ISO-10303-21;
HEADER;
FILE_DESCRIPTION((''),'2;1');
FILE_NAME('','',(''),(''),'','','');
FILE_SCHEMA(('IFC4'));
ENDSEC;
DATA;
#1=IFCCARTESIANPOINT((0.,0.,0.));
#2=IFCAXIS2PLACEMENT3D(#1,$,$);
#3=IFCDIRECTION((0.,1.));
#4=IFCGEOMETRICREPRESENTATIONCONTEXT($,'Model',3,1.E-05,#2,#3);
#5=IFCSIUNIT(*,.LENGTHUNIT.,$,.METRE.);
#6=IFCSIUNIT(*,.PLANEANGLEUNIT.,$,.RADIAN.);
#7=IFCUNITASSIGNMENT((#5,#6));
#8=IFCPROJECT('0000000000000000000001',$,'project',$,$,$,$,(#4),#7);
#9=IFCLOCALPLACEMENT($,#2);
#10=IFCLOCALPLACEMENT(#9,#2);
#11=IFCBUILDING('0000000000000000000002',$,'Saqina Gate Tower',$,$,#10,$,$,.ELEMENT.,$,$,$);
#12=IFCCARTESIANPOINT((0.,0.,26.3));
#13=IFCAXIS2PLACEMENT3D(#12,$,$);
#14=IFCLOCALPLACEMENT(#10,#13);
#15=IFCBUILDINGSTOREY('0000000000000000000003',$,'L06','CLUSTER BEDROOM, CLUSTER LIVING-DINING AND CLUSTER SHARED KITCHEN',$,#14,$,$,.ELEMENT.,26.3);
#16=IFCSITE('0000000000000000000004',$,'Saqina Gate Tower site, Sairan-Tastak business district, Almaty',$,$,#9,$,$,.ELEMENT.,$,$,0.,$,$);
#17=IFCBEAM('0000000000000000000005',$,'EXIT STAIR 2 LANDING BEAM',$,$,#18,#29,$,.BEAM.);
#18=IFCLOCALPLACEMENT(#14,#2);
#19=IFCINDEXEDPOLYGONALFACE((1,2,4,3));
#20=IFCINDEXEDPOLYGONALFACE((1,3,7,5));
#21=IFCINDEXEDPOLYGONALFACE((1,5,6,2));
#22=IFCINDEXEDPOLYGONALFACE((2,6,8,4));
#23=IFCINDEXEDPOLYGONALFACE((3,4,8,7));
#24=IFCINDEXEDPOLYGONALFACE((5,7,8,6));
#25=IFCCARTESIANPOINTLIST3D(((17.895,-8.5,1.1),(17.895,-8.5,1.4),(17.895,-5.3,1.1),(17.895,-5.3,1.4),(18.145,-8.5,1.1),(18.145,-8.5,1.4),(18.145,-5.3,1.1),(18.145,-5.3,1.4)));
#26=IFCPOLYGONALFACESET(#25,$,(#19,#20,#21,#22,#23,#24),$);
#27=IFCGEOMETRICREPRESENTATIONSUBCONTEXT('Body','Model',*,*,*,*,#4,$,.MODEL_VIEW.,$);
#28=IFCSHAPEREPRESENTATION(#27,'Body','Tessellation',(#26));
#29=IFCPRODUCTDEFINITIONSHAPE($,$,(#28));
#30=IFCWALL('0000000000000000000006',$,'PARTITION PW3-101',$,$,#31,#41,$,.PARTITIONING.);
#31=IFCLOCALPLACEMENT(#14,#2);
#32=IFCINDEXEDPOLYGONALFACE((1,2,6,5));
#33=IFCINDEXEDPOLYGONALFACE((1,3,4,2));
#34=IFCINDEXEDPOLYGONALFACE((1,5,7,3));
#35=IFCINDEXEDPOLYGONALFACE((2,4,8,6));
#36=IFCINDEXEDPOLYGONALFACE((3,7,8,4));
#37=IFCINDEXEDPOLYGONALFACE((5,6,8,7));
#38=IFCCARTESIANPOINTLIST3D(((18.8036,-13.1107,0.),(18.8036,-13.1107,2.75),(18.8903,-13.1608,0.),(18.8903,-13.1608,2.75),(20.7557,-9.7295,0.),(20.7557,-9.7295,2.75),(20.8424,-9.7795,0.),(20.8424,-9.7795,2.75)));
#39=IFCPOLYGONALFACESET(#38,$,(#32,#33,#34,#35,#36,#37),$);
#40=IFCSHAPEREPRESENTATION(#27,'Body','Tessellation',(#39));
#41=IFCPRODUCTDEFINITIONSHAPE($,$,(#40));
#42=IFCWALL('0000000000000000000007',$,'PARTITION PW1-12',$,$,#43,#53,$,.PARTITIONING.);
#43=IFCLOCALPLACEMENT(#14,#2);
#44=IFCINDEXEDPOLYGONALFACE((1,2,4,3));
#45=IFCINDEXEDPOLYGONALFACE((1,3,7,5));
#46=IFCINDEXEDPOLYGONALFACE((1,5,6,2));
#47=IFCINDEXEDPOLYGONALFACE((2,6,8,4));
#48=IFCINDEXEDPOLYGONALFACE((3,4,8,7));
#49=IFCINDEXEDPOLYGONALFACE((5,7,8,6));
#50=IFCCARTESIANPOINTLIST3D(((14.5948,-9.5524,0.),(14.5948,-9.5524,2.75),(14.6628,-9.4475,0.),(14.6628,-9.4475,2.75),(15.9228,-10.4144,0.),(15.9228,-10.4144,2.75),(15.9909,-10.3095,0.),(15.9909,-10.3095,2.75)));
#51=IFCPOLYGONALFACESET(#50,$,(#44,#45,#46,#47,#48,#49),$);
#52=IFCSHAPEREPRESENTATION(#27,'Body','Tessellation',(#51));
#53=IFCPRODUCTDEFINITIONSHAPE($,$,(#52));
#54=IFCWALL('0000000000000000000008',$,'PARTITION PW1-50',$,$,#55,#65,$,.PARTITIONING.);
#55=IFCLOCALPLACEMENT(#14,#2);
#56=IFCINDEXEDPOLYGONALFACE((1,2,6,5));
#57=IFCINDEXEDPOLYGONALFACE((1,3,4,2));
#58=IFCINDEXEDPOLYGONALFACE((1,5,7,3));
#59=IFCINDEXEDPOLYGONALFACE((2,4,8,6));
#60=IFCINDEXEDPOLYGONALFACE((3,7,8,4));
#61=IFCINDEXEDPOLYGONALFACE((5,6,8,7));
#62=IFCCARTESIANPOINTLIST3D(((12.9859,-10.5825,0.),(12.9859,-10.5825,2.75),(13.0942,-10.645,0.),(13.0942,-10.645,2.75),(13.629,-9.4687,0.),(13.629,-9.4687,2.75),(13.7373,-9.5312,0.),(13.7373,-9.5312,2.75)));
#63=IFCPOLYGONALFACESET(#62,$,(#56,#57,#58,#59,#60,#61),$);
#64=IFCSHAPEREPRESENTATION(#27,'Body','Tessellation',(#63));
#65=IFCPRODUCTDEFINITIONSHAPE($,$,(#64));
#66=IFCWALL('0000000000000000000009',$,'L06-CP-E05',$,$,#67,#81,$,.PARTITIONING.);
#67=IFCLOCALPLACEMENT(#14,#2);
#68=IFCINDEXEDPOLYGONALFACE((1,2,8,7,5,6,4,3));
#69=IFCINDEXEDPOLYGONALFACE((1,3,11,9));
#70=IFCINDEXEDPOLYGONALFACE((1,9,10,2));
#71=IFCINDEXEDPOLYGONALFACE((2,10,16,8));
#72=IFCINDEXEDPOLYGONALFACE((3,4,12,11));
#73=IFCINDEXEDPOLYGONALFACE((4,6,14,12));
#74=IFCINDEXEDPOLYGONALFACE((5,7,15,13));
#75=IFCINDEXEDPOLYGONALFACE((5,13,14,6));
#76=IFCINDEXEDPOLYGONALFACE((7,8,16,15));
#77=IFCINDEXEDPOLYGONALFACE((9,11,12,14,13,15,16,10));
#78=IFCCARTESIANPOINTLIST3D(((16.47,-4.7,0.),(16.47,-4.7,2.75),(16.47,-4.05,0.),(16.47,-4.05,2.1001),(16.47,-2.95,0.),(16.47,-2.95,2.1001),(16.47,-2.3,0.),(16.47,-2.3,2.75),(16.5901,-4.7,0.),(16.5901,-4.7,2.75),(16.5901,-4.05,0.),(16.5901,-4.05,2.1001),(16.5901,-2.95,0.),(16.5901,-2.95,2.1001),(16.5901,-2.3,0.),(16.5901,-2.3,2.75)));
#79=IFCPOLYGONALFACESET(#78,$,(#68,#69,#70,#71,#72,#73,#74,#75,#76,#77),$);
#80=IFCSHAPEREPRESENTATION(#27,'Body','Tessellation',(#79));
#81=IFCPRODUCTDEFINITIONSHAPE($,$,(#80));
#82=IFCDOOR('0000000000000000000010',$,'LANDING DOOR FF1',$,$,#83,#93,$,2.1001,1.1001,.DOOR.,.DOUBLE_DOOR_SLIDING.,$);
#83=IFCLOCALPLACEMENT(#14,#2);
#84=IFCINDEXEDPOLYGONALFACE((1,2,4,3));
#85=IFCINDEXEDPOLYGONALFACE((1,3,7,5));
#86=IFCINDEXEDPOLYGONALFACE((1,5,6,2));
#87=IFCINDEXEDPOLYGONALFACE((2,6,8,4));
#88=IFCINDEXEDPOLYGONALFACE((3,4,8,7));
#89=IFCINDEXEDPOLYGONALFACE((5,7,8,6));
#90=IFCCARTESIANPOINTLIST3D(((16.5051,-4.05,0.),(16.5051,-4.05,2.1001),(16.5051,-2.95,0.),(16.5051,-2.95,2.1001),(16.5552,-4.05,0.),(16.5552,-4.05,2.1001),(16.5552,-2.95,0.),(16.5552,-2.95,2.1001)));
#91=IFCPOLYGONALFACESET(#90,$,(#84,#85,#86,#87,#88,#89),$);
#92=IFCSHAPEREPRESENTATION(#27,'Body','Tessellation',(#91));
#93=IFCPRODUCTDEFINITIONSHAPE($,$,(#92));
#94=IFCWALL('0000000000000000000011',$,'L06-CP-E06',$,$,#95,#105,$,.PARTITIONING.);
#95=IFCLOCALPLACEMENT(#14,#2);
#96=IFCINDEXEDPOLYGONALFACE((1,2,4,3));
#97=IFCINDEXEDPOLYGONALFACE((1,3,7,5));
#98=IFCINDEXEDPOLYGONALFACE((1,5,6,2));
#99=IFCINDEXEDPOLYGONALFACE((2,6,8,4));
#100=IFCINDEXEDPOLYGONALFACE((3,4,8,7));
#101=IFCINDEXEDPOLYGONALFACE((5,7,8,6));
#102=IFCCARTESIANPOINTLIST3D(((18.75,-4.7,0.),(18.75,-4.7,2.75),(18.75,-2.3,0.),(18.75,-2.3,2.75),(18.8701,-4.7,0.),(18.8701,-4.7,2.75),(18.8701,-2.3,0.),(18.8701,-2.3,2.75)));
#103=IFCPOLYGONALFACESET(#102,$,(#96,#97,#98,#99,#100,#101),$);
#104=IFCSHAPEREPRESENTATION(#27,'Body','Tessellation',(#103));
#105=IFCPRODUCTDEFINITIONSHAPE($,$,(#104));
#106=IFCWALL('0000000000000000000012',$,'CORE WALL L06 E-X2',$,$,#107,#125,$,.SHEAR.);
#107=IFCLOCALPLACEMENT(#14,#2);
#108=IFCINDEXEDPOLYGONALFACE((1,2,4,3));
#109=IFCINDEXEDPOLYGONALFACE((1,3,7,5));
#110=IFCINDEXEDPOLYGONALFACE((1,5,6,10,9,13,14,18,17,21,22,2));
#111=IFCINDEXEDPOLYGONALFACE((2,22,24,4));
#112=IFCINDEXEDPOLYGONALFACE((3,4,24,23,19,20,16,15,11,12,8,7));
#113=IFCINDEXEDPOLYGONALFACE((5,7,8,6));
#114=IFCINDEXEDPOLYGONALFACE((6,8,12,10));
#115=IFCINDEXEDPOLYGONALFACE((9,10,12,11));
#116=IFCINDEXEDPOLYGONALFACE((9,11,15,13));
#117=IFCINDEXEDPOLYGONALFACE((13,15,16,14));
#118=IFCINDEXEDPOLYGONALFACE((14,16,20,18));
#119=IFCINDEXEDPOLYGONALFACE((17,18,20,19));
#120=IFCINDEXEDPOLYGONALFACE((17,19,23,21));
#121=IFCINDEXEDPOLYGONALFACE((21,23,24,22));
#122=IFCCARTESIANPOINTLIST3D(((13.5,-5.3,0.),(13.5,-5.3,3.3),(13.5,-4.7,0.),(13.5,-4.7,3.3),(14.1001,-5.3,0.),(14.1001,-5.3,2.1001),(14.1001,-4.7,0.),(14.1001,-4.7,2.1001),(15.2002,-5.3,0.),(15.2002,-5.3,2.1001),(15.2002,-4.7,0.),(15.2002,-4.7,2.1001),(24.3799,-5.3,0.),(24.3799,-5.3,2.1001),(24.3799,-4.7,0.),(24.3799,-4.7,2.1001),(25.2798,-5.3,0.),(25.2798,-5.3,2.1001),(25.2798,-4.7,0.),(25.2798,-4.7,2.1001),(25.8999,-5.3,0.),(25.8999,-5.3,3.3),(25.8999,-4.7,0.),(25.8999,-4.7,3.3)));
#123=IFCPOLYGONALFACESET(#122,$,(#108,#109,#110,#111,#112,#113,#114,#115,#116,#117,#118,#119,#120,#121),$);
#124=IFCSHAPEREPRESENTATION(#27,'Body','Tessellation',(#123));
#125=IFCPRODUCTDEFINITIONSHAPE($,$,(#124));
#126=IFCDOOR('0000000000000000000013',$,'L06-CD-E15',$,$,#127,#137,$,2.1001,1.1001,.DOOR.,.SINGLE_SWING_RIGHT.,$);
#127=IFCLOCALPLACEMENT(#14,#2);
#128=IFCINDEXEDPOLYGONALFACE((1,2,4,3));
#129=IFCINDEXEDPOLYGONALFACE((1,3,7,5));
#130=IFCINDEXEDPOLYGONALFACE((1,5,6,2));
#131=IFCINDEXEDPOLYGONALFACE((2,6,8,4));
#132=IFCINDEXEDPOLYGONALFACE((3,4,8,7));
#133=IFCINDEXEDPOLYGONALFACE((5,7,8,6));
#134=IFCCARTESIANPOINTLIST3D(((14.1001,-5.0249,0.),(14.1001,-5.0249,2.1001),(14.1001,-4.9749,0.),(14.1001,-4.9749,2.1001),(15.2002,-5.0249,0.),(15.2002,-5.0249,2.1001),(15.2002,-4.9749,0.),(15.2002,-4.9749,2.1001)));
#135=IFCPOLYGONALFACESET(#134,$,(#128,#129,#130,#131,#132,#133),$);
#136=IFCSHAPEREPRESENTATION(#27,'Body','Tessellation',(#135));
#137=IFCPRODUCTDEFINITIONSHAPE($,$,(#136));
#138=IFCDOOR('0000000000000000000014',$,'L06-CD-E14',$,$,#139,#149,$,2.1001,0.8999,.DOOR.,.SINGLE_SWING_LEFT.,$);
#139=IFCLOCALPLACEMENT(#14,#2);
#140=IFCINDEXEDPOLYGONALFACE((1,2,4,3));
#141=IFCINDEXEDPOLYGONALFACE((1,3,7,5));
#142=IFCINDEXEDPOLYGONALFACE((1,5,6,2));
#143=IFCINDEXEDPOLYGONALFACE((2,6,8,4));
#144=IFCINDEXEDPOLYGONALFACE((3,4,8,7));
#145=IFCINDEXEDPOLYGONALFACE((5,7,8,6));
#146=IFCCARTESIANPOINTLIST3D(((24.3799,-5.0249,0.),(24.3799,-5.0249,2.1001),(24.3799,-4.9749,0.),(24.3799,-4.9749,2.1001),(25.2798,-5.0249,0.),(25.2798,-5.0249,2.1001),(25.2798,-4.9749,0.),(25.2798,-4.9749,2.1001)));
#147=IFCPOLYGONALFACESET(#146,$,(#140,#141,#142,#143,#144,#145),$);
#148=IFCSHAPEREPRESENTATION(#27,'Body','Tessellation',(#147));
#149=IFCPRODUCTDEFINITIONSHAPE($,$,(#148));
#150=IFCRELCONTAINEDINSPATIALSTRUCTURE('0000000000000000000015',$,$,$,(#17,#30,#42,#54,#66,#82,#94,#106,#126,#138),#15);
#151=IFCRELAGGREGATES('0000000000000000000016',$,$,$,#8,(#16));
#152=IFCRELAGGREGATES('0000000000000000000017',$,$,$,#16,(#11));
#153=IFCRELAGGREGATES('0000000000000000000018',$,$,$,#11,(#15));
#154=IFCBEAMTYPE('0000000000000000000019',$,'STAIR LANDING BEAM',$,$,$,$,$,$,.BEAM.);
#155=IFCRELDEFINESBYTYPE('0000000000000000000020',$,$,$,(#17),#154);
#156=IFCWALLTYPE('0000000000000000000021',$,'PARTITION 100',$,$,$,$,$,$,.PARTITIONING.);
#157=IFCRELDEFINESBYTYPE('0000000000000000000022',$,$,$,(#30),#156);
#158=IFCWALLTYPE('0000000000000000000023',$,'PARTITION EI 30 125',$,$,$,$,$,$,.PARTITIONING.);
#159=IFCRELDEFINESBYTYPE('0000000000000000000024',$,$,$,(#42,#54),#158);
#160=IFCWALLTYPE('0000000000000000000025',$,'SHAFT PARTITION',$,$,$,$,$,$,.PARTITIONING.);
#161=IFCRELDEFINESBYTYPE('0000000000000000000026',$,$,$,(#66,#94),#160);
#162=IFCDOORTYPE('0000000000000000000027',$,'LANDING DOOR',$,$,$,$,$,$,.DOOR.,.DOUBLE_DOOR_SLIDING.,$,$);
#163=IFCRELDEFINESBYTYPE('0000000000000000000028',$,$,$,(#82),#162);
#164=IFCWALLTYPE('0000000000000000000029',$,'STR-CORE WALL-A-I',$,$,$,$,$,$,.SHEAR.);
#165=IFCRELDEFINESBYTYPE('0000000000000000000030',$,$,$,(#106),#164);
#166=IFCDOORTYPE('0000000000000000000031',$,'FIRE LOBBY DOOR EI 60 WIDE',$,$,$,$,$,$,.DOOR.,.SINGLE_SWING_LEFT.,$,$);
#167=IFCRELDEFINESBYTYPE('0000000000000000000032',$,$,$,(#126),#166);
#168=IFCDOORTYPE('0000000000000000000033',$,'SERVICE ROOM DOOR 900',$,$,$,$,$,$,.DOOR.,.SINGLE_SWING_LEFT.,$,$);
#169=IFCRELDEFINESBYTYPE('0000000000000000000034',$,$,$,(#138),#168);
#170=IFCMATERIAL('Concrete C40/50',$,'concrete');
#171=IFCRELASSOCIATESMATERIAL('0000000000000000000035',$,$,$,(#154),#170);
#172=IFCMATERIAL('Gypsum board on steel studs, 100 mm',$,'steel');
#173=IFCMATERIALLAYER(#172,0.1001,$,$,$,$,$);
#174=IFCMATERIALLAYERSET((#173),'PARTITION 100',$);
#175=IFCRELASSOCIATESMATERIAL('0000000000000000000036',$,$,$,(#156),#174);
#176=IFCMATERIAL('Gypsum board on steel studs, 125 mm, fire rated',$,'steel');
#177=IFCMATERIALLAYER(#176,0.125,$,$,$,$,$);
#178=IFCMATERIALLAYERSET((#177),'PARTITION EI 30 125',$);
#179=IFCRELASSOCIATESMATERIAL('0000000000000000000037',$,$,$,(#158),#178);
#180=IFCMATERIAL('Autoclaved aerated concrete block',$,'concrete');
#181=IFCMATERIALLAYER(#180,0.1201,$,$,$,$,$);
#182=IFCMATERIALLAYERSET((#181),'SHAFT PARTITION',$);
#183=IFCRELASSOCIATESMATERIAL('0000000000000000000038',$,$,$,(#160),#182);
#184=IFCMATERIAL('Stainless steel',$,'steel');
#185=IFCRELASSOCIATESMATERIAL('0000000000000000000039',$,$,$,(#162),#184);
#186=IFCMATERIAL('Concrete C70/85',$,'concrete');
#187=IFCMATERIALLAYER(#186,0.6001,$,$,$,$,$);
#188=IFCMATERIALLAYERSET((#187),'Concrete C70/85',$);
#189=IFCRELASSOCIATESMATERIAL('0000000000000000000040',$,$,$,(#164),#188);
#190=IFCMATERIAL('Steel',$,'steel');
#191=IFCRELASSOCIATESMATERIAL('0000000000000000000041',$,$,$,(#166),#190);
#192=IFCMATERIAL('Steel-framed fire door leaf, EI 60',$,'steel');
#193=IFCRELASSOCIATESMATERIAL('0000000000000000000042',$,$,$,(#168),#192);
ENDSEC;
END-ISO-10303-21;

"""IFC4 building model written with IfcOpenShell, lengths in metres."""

from ifc_helpers import new_model, si_unit, direction, frame, frame_2d, origin, origin_2d, place, context, subcontext, project, spatial, rectangle, extrude, material, layer, layer_set, material_profile, profile_set, type_object, element, fill, save


model = new_model("IFC4")

# Units and contexts
model_context = context("Model", 3, precision=1e-05, world=origin(), true_north=direction((0.0, 1.0)))
body_context = subcontext(model_context, "Body", "Model", "MODEL_VIEW")
ifc_project = project(units=[si_unit("LENGTHUNIT", "METRE"), si_unit("PLANEANGLEUNIT", "RADIAN")], contexts=[model_context])

# Site, building, storey
site_placement = place(None, origin())
site = spatial("IfcSite", under=ifc_project, at=site_placement, Name="Saqina Gate Tower site, Sairan-Tastak business district, Almaty", CompositionType="ELEMENT", RefElevation=0.0)
building_placement = place(site_placement, origin())
building = spatial("IfcBuilding", under=site, at=building_placement, Name="Saqina Gate Tower", CompositionType="ELEMENT")
storey_placement = place(building_placement, frame((0.0, 0.0, 26.3)))
storey = spatial("IfcBuildingStorey", under=building, at=storey_placement, Name="L06", Description="CLUSTER BEDROOM, CLUSTER LIVING-DINING AND CLUSTER SHARED KITCHEN", CompositionType="ELEMENT", Elevation=26.3)

# Beam
ifc_material_1 = material(Name="Concrete C40/50", Category="concrete")
ifc_material_profile = material_profile(ifc_material_1, rectangle(XDim=0.25, YDim=0.3, at=origin_2d()), Name="STAIR LANDING BEAM")
ifc_profile_set = profile_set([ifc_material_profile], Name="Concrete C40/50")
beam_type = type_object("IfcBeamType", Name="STAIR LANDING BEAM", PredefinedType="BEAM", material=ifc_profile_set)
beam_placement = place(storey_placement, frame((18.02, -8.5, 1.25), z_axis=(0.0, 1.0, 0.0), x_axis=(-1.0, 0.0, 0.0)))
element("IfcBeam", 1, at=beam_placement, inside=storey, type_object=beam_type, Name="EXIT STAIR 2 LANDING BEAM", PredefinedType="BEAM", context=body_context, shape_type="SweptSolid", body=[
    extrude(rectangle(XDim=0.25, YDim=0.3, at=origin_2d()), origin(), (0.0, 0.0, 1.0), 3.2),
])

# Walls
ifc_material_2 = material(Name="Gypsum board on steel studs, 100 mm", Category="steel")
ifc_layer_1 = layer(ifc_material_2, 0.1001)
ifc_layer_set_1 = layer_set([ifc_layer_1], Name="PARTITION 100")
wall_type_1 = type_object("IfcWallType", Name="PARTITION 100", PredefinedType="PARTITIONING", material=ifc_layer_set_1)
wall_1_placement = place(storey_placement, frame((18.8469, -13.1357, 0.0), z_axis=(0.0, 0.0, 1.0), x_axis=(0.499986, 0.866034, 0.0)))
element("IfcWall", 2, at=wall_1_placement, inside=storey, type_object=wall_type_1, Name="PARTITION PW3-101", PredefinedType="PARTITIONING", context=body_context, shape_type="SweptSolid", body=[
    extrude(rectangle(XDim=3.9043, YDim=0.1001, at=frame_2d((1.9521, 0.0))), origin(), (0.0, 0.0, 1.0), 2.75),
])
ifc_material_3 = material(Name="Gypsum board on steel studs, 125 mm, fire rated", Category="steel")
ifc_layer_2 = layer(ifc_material_3, 0.125)
ifc_layer_set_2 = layer_set([ifc_layer_2], Name="PARTITION EI 30 125")
wall_type_2 = type_object("IfcWallType", Name="PARTITION EI 30 125", PredefinedType="PARTITIONING", material=ifc_layer_set_2)
wall_2_placement = place(storey_placement, frame((14.6289, -9.5, 0.0), z_axis=(0.0, 0.0, 1.0), x_axis=(0.838796, -0.544446, 0.0)))
element("IfcWall", 3, at=wall_2_placement, inside=storey, type_object=wall_type_2, Name="PARTITION PW1-12", PredefinedType="PARTITIONING", context=body_context, shape_type="SweptSolid", body=[
    extrude(rectangle(XDim=1.5833, YDim=0.125, at=frame_2d((0.7915, 0.0))), origin(), (0.0, 0.0, 1.0), 2.75),
])
wall_3_placement = place(storey_placement, frame((13.04, -10.6138, 0.0), z_axis=(0.0, 0.0, 1.0), x_axis=(0.500018, 0.866015, 0.0)))
element("IfcWall", 4, at=wall_3_placement, inside=storey, type_object=wall_type_2, Name="PARTITION PW1-50", PredefinedType="PARTITIONING", context=body_context, shape_type="SweptSolid", body=[
    extrude(rectangle(XDim=1.2861, YDim=0.125, at=frame_2d((0.6431, 0.0))), origin(), (0.0, 0.0, 1.0), 2.75),
])

# Wall, opening, door
ifc_material_4 = material(Name="Autoclaved aerated concrete block", Category="concrete")
ifc_layer_3 = layer(ifc_material_4, 0.1201)
ifc_layer_set_3 = layer_set([ifc_layer_3], Name="SHAFT PARTITION")
wall_type_3 = type_object("IfcWallType", Name="SHAFT PARTITION", PredefinedType="PARTITIONING", material=ifc_layer_set_3)
wall_4_placement = place(storey_placement, frame((16.53, -4.7, 0.0), z_axis=(0.0, 0.0, 1.0), x_axis=(0.0, 1.0, 0.0)))
wall_4 = element("IfcWall", 5, at=wall_4_placement, inside=storey, type_object=wall_type_3, Name="L06-CP-E05", PredefinedType="PARTITIONING", context=body_context, shape_type="SweptSolid", body=[
    extrude(rectangle(XDim=2.3999, YDim=0.1201, at=frame_2d((1.2, 0.0))), origin(), (0.0, 0.0, 1.0), 2.75),
])
opening_1_placement = place(wall_4_placement, frame((0.6499, 0.0, 0.0)))
opening_1 = element("IfcOpeningElement", 6, at=opening_1_placement, cuts=wall_4, PredefinedType="OPENING", context=body_context, shape_type="SweptSolid", body=[
    extrude(rectangle(XDim=1.1001, YDim=2.1001, at=frame_2d((0.55, 1.05))), frame((0.0, 0.072, 0.0), z_axis=(0.0, -1.0, 0.0), x_axis=(1.0, 0.0, 0.0)), (0.0, 0.0, 1.0), 0.144),
])
ifc_material_5 = material(Name="Stainless steel", Category="steel")
door_type_1 = type_object("IfcDoorType", Name="LANDING DOOR", OperationType="DOUBLE_DOOR_SLIDING", PredefinedType="DOOR", material=ifc_material_5)
door_1_placement = place(opening_1_placement, origin())
door_1 = element("IfcDoor", 7, at=door_1_placement, inside=storey, type_object=door_type_1, Name="LANDING DOOR FF1", OperationType="DOUBLE_DOOR_SLIDING", OverallHeight=2.1001, OverallWidth=1.1001, PredefinedType="DOOR", context=body_context, shape_type="SweptSolid", body=[
    extrude(rectangle(XDim=1.1001, YDim=2.1001, at=frame_2d((0.55, 1.05))), frame((0.0, 0.0249, 0.0), z_axis=(0.0, -1.0, 0.0), x_axis=(1.0, 0.0, 0.0)), (0.0, 0.0, 1.0), 0.05),
])
fill(opening_1, door_1)

# Wall
wall_5_placement = place(storey_placement, frame((18.8101, -4.7, 0.0), z_axis=(0.0, 0.0, 1.0), x_axis=(0.0, 1.0, 0.0)))
element("IfcWall", 8, at=wall_5_placement, inside=storey, type_object=wall_type_3, Name="L06-CP-E06", PredefinedType="PARTITIONING", context=body_context, shape_type="SweptSolid", body=[
    extrude(rectangle(XDim=2.3999, YDim=0.1201, at=frame_2d((1.2, 0.0))), origin(), (0.0, 0.0, 1.0), 2.75),
])

# Wall, openings, doors
ifc_material_6 = material(Name="Concrete C70/85", Category="concrete")
ifc_layer_4 = layer(ifc_material_6, 0.6001)
ifc_layer_set_4 = layer_set([ifc_layer_4], Name="Concrete C70/85")
wall_type_4 = type_object("IfcWallType", Name="STR-CORE WALL-A-I", PredefinedType="SHEAR", material=ifc_layer_set_4)
wall_6_placement = place(storey_placement, frame((13.5, -5.0, 0.0), z_axis=(0.0, 0.0, 1.0), x_axis=(1.0, 0.0, 0.0)))
wall_6 = element("IfcWall", 9, at=wall_6_placement, inside=storey, type_object=wall_type_4, Name="CORE WALL L06 E-X2", PredefinedType="SHEAR", context=body_context, shape_type="SweptSolid", body=[
    extrude(rectangle(XDim=12.3999, YDim=0.6001, at=frame_2d((6.2, 0.0))), origin(), (0.0, 0.0, 1.0), 3.3),
])
opening_2_placement = place(wall_6_placement, frame((10.8799, 0.0, 0.0)))
opening_2 = element("IfcOpeningElement", 10, at=opening_2_placement, cuts=wall_6, PredefinedType="OPENING", context=body_context, shape_type="SweptSolid", body=[
    extrude(rectangle(XDim=0.8999, YDim=2.1001, at=frame_2d((0.45, 1.05))), frame((0.0, 0.312, 0.0), z_axis=(0.0, -1.0, 0.0), x_axis=(1.0, 0.0, 0.0)), (0.0, 0.0, 1.0), 0.624),
])
opening_3_placement = place(wall_6_placement, frame((0.6001, 0.0, 0.0)))
opening_3 = element("IfcOpeningElement", 11, at=opening_3_placement, cuts=wall_6, PredefinedType="OPENING", context=body_context, shape_type="SweptSolid", body=[
    extrude(rectangle(XDim=1.1001, YDim=2.1001, at=frame_2d((0.55, 1.05))), frame((0.0, 0.312, 0.0), z_axis=(0.0, -1.0, 0.0), x_axis=(1.0, 0.0, 0.0)), (0.0, 0.0, 1.0), 0.624),
])
ifc_material_7 = material(Name="Steel", Category="steel")
door_type_2 = type_object("IfcDoorType", Name="FIRE LOBBY DOOR EI 60 WIDE", OperationType="SINGLE_SWING_LEFT", PredefinedType="DOOR", material=ifc_material_7)
door_2_placement = place(opening_3_placement, frame((1.1001, 0.0, 0.0), z_axis=(0.0, 0.0, 1.0), x_axis=(-1.0, 0.0, 0.0)))
door_2 = element("IfcDoor", 12, at=door_2_placement, inside=storey, type_object=door_type_2, Name="L06-CD-E15", OperationType="SINGLE_SWING_RIGHT", OverallHeight=2.1001, OverallWidth=1.1001, PredefinedType="DOOR", context=body_context, shape_type="SweptSolid", body=[
    extrude(rectangle(XDim=1.1001, YDim=2.1001, at=frame_2d((0.55, 1.05))), frame((0.0, 0.0249, 0.0), z_axis=(0.0, -1.0, 0.0), x_axis=(1.0, 0.0, 0.0)), (0.0, 0.0, 1.0), 0.05),
])
fill(opening_3, door_2)
ifc_material_8 = material(Name="Steel-framed fire door leaf, EI 60", Category="steel")
door_type_3 = type_object("IfcDoorType", Name="SERVICE ROOM DOOR 900", OperationType="SINGLE_SWING_LEFT", PredefinedType="DOOR", material=ifc_material_8)
door_3_placement = place(opening_2_placement, frame((0.8999, 0.0, 0.0), z_axis=(0.0, 0.0, 1.0), x_axis=(-1.0, 0.0, 0.0)))
door_3 = element("IfcDoor", 13, at=door_3_placement, inside=storey, type_object=door_type_3, Name="L06-CD-E14", OperationType="SINGLE_SWING_LEFT", OverallHeight=2.1001, OverallWidth=0.8999, PredefinedType="DOOR", context=body_context, shape_type="SweptSolid", body=[
    extrude(rectangle(XDim=0.8999, YDim=2.1001, at=frame_2d((0.45, 1.05))), frame((0.0, 0.0249, 0.0), z_axis=(0.0, -1.0, 0.0), x_axis=(1.0, 0.0, 0.0)), (0.0, 0.0, 1.0), 0.05),
])
fill(opening_2, door_3)

save(model, "model.ifc")
